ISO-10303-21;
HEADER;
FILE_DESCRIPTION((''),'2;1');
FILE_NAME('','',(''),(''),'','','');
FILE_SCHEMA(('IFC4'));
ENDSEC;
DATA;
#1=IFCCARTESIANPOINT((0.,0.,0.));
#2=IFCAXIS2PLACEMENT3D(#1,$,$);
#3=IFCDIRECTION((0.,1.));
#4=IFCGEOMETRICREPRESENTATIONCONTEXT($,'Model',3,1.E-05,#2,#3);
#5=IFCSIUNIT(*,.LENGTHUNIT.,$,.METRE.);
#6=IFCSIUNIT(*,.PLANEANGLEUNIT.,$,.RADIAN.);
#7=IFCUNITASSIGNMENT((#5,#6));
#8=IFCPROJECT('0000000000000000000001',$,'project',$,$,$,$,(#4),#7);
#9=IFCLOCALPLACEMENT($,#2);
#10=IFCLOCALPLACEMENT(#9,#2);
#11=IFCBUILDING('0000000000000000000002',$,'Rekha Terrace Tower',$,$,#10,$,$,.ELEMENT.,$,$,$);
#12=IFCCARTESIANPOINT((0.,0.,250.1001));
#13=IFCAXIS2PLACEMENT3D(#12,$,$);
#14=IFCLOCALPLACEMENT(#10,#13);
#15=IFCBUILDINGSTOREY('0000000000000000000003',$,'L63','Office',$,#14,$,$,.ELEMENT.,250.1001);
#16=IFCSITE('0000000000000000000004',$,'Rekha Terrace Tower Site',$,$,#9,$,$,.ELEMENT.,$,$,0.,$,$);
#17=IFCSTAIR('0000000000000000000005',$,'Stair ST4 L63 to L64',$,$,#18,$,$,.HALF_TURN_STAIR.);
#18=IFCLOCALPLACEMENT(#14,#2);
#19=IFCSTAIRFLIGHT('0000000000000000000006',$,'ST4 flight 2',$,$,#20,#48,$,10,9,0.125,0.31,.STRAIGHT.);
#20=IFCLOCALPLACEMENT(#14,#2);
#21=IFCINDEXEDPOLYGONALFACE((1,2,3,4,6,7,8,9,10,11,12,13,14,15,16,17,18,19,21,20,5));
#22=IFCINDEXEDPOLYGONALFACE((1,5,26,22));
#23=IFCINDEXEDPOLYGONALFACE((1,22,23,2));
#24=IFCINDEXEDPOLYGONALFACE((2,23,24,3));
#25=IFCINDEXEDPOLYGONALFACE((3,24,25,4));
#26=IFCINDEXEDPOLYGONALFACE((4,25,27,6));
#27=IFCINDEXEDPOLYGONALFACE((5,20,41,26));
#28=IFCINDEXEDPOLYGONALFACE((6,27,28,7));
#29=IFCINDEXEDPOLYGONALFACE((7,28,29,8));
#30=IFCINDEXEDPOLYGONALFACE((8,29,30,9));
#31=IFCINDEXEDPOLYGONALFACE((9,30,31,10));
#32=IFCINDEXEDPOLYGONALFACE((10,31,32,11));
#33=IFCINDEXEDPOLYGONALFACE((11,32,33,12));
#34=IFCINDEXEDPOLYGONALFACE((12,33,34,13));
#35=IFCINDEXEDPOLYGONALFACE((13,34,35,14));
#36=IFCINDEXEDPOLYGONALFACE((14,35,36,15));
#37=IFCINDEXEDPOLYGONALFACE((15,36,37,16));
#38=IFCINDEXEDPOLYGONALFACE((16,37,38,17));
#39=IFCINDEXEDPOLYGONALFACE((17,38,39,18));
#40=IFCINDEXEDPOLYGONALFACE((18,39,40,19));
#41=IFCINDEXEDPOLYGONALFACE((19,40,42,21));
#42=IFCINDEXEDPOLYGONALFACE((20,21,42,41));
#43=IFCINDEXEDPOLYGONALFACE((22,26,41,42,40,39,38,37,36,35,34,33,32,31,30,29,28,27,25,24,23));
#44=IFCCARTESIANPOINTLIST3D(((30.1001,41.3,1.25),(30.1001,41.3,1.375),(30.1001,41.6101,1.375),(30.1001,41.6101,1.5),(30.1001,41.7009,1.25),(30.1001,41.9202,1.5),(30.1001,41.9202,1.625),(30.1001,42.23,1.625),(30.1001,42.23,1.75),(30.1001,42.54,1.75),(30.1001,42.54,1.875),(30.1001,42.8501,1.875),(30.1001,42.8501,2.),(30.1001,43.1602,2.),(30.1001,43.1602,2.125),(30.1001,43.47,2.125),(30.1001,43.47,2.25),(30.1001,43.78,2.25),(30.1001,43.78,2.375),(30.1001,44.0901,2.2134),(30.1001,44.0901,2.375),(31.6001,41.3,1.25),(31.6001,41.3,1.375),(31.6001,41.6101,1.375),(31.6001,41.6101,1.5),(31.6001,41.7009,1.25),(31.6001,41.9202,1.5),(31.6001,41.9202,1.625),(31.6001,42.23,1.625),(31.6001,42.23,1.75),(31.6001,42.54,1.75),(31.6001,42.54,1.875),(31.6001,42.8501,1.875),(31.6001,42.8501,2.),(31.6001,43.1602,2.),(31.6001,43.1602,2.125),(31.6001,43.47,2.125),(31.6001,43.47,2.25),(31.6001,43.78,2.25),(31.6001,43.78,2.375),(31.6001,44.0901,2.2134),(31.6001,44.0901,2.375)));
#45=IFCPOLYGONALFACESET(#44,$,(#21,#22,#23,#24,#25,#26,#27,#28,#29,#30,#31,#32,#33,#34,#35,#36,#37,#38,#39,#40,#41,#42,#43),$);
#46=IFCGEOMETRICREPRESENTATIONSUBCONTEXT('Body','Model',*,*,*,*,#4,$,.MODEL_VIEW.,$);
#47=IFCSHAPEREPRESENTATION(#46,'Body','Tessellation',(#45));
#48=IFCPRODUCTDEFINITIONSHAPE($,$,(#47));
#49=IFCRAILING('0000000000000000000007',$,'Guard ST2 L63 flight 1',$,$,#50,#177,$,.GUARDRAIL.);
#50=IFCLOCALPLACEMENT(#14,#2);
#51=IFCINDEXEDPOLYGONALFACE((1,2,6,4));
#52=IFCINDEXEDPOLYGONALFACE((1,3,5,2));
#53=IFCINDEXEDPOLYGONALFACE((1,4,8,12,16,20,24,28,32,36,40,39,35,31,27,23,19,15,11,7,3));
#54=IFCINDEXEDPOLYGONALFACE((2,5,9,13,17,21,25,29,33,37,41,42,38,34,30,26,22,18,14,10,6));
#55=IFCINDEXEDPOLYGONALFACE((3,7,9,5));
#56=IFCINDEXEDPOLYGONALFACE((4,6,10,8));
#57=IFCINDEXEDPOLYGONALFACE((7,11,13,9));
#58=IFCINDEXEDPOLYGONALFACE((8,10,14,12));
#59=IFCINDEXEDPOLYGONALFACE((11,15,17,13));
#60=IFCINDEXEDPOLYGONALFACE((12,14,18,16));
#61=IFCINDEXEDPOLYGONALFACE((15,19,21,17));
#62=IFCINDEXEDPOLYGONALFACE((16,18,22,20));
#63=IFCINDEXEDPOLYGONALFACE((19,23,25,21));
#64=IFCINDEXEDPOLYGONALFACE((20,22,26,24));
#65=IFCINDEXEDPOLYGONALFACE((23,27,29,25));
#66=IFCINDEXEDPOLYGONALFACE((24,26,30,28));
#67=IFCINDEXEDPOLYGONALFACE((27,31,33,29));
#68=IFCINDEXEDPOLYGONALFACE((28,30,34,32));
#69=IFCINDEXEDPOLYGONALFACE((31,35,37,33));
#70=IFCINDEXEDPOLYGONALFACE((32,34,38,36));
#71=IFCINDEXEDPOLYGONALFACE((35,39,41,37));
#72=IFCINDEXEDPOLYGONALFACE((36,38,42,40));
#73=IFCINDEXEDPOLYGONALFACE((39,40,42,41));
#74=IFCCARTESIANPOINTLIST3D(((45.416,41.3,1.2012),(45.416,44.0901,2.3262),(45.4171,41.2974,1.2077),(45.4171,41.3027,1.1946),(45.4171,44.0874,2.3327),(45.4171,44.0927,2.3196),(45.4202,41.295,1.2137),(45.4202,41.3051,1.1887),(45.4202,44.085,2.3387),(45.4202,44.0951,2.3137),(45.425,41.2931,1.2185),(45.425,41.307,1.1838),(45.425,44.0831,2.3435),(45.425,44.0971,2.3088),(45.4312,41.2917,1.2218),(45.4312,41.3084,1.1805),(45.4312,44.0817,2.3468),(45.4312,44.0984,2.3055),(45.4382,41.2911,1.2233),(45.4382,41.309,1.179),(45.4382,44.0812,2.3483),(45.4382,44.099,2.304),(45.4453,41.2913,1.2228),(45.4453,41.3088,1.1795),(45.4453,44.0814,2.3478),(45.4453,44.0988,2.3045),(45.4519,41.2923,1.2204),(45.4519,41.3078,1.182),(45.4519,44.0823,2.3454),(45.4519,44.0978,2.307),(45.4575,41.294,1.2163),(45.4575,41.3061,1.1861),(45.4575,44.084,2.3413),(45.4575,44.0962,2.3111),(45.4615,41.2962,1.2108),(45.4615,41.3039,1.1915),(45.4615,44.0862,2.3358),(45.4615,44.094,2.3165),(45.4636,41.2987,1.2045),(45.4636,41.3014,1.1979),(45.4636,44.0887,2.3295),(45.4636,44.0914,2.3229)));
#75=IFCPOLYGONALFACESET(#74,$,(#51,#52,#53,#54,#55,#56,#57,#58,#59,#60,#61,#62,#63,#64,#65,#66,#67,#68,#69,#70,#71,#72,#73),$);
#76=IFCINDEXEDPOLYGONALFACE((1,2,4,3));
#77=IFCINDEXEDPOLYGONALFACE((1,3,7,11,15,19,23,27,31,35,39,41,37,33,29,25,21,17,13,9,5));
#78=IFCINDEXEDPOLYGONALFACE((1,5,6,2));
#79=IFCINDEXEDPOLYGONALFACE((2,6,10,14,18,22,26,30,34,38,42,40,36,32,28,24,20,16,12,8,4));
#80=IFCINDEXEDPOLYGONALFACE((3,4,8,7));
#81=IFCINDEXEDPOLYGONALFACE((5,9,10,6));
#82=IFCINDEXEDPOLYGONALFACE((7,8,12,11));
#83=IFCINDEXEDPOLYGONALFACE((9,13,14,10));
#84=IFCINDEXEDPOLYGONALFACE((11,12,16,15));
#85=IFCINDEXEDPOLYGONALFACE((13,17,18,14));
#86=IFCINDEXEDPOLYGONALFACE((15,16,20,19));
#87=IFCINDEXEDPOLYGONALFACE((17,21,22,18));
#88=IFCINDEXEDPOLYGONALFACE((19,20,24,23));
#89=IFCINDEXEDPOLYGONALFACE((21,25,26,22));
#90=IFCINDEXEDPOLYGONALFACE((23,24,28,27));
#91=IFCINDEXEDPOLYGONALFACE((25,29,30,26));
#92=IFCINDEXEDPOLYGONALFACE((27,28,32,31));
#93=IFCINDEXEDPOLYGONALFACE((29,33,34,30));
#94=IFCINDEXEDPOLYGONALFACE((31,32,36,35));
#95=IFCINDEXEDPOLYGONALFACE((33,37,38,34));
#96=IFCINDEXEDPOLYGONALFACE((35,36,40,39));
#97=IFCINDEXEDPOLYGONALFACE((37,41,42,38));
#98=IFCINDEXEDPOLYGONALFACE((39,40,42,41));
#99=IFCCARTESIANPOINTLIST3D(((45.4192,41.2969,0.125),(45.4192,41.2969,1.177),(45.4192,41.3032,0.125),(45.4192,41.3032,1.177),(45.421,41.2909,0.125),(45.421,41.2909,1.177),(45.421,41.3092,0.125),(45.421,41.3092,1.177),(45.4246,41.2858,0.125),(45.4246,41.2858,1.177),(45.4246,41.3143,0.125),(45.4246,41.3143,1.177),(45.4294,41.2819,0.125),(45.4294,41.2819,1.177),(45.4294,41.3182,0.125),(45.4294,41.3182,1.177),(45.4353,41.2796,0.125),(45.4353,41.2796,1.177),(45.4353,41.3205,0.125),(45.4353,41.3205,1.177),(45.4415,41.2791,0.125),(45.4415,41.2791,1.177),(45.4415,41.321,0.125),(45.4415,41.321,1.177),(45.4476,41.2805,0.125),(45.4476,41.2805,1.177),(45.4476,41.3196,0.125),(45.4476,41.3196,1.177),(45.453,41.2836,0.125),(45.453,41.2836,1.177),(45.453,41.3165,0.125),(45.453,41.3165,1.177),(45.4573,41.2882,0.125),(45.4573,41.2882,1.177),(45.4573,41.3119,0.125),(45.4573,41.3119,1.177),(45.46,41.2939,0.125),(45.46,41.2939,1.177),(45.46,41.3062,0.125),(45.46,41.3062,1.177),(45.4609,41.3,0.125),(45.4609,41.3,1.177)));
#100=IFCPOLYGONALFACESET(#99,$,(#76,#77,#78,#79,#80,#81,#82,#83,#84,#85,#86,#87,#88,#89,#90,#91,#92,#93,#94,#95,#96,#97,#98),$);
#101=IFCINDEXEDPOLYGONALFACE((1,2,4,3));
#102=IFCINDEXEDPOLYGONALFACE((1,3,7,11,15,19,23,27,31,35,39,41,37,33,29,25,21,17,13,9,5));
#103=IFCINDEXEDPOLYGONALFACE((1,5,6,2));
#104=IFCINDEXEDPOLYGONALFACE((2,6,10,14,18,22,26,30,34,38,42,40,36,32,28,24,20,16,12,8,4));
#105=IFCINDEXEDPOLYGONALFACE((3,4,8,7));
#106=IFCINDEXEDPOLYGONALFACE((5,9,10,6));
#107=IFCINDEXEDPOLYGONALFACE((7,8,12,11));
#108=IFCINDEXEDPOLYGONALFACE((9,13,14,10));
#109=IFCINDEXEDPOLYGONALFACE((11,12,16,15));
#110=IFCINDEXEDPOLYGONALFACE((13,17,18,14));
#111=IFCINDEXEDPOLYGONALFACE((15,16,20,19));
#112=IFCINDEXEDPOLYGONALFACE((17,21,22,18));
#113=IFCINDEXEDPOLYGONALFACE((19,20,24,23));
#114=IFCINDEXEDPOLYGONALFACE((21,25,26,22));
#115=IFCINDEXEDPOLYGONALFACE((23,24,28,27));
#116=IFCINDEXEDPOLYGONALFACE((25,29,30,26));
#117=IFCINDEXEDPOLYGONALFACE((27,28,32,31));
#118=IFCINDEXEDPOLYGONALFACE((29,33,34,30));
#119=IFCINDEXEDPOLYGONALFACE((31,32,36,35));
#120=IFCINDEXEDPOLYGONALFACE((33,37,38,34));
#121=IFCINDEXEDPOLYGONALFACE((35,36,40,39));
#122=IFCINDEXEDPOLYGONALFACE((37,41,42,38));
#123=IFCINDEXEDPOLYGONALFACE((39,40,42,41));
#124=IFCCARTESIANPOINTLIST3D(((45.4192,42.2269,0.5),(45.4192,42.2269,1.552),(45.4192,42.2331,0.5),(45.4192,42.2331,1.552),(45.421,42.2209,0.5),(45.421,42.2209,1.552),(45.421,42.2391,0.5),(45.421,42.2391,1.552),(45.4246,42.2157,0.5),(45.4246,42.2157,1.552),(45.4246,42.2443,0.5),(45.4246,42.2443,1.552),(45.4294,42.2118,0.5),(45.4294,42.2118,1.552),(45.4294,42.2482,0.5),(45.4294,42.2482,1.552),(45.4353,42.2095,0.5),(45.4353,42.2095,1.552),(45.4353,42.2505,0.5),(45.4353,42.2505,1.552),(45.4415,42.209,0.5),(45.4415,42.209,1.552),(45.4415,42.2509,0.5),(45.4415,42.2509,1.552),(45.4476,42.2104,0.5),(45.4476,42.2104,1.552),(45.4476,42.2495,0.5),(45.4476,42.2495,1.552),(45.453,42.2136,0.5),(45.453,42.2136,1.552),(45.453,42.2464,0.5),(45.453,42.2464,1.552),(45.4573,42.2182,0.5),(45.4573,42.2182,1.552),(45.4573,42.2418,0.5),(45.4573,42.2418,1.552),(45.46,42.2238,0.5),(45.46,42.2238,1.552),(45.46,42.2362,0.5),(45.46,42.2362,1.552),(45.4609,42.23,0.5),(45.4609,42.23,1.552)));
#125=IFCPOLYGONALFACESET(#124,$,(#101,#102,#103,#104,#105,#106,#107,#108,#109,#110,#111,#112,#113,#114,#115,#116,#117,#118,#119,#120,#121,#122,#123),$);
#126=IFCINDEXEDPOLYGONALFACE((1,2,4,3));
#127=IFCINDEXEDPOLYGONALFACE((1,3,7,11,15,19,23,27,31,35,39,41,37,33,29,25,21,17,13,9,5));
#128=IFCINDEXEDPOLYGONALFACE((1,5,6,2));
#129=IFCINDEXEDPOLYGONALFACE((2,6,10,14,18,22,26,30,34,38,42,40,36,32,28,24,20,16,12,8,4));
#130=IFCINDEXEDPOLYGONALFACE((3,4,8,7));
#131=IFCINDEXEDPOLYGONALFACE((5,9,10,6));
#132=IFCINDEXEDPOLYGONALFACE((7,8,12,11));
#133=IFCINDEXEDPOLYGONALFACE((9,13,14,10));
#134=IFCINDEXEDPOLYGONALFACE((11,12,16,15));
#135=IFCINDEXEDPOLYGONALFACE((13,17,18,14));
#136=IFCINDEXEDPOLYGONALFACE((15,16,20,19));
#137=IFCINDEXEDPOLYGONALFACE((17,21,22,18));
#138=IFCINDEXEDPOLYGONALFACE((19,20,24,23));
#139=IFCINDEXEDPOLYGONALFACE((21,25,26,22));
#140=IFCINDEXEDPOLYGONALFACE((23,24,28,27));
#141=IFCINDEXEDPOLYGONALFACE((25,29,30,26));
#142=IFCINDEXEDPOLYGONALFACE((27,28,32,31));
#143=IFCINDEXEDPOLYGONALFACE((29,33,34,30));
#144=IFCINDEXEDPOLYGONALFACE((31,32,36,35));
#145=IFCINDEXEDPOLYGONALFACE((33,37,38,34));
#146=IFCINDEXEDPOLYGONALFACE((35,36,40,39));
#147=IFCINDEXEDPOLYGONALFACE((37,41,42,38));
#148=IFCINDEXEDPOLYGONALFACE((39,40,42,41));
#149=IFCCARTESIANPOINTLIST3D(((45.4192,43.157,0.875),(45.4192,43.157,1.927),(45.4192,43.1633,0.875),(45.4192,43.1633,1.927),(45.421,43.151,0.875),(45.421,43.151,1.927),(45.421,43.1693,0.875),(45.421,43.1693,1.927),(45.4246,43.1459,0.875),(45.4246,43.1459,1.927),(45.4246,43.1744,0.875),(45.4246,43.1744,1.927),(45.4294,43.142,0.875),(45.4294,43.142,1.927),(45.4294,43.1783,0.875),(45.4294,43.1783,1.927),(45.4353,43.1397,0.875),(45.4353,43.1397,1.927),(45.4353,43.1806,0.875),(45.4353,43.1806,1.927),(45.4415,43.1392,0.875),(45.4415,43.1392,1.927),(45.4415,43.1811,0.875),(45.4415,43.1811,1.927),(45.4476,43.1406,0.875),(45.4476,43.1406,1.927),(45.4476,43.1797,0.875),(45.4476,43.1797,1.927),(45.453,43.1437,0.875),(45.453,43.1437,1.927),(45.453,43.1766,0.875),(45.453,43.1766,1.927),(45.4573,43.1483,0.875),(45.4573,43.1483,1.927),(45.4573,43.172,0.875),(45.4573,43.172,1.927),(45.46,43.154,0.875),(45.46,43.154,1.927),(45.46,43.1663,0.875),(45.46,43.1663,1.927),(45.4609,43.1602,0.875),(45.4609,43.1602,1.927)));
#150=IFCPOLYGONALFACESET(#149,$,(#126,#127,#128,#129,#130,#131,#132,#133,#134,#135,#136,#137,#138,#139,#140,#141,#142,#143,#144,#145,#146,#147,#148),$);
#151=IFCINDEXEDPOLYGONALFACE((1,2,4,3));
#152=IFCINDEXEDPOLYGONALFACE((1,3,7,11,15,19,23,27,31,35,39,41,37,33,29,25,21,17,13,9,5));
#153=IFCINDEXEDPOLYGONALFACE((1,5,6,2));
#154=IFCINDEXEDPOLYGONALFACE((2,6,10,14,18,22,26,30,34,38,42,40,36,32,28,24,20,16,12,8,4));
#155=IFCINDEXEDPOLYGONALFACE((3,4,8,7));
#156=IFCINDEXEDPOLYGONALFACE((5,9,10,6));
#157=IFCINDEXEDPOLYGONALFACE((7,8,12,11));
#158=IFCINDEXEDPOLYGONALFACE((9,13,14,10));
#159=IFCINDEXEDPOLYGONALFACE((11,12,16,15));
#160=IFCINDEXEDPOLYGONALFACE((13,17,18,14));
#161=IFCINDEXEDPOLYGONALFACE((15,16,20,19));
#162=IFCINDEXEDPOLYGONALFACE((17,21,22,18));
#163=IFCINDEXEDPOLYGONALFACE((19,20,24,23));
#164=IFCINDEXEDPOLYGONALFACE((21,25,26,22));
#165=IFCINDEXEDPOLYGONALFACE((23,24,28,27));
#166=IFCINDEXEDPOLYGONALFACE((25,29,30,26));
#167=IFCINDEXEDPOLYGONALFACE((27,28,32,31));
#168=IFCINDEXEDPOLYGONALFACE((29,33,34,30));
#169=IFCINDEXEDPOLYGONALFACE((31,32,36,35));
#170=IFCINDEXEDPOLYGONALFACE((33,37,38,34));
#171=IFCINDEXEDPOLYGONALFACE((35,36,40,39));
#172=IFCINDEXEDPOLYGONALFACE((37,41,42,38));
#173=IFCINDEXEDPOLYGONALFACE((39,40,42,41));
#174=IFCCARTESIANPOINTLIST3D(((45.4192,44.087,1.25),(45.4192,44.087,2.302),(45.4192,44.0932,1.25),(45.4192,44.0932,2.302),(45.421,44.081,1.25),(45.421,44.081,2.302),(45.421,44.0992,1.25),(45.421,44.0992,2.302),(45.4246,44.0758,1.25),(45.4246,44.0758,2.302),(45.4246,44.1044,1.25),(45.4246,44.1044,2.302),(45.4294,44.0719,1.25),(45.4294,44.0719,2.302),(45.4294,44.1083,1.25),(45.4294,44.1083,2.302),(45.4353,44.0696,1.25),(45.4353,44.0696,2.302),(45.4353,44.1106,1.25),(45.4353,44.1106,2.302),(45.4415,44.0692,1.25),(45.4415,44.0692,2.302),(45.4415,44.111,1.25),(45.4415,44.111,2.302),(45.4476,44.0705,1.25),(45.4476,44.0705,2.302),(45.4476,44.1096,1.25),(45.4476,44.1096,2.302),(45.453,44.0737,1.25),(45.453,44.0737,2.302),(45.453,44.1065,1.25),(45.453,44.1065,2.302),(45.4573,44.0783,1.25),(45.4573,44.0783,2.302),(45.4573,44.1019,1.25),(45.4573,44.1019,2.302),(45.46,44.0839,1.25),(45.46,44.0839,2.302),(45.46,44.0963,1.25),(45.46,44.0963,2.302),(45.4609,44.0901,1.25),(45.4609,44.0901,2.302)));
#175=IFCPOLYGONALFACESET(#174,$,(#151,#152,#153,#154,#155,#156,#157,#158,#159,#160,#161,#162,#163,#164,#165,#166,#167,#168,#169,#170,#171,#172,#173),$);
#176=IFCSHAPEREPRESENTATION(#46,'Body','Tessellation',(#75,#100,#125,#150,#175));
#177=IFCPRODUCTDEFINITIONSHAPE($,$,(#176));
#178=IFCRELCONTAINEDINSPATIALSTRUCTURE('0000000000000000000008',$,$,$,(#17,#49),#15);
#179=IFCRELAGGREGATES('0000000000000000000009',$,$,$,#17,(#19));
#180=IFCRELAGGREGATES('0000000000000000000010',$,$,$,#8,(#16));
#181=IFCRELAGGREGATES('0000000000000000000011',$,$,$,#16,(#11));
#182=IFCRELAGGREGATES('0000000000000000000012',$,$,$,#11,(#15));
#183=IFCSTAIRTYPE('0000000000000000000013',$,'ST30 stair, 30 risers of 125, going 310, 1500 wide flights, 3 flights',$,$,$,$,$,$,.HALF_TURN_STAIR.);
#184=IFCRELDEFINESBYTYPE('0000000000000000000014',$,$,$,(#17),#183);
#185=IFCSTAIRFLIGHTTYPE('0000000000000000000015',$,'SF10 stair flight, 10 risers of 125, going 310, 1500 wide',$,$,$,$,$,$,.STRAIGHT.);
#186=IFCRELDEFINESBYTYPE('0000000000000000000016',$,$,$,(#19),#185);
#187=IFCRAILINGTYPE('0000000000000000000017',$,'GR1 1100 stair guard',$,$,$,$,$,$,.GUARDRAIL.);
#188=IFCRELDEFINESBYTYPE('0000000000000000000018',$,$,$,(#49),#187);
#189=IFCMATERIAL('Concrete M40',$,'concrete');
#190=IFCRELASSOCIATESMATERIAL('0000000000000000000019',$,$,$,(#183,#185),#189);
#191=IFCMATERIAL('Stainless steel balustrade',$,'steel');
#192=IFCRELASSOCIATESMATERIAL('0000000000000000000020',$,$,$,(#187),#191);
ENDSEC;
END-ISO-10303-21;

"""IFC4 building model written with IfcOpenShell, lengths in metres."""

from ifc_helpers import new_model, si_unit, direction, frame, origin, origin_2d, place, context, subcontext, project, spatial, polyline, circle, outline, extrude, material, type_object, element, aggregate, save


model = new_model("IFC4")

# Units and contexts
model_context = context("Model", 3, precision=1e-05, world=origin(), true_north=direction((0.0, 1.0)))
body_context = subcontext(model_context, "Body", "Model", "MODEL_VIEW")
ifc_project = project(units=[si_unit("LENGTHUNIT", "METRE"), si_unit("PLANEANGLEUNIT", "RADIAN")], contexts=[model_context])

# Site, building, storey
site_placement = place(None, origin())
site = spatial("IfcSite", under=ifc_project, at=site_placement, Name="Rekha Terrace Tower Site", CompositionType="ELEMENT", RefElevation=0.0)
building_placement = place(site_placement, origin())
building = spatial("IfcBuilding", under=site, at=building_placement, Name="Rekha Terrace Tower", CompositionType="ELEMENT")
storey_placement = place(building_placement, frame((0.0, 0.0, 250.1001)))
storey = spatial("IfcBuildingStorey", under=building, at=storey_placement, Name="L63", Description="Office", CompositionType="ELEMENT", Elevation=250.1001)

# Stair, stair flight
ifc_material_1 = material(Name="Concrete M40", Category="concrete")
stair_type = type_object("IfcStairType", Name="ST30 stair, 30 risers of 125, going 310, 1500 wide flights, 3 flights", PredefinedType="HALF_TURN_STAIR", material=ifc_material_1)
stair_flight_type = type_object("IfcStairFlightType", Name="SF10 stair flight, 10 risers of 125, going 310, 1500 wide", PredefinedType="STRAIGHT", material=ifc_material_1)
stair_1_placement = place(storey_placement, origin())
stair_1 = element("IfcStair", 1, at=stair_1_placement, inside=storey, type_object=stair_type, Name="Stair ST4 L63 to L64", PredefinedType="HALF_TURN_STAIR")
stair_flight_1_placement = place(storey_placement, frame((30.8501, 41.3, 1.25), z_axis=(0.0, 0.0, 1.0), x_axis=(0.0, 1.0, 0.0)))
stair_flight_1 = element("IfcStairFlight", 2, at=stair_flight_1_placement, type_object=stair_flight_type, Name="ST4 flight 2", NumberOfRisers=10, NumberOfTreads=9, PredefinedType="STRAIGHT", RiserHeight=0.125, TreadLength=0.31, context=body_context, shape_type="SweptSolid", body=[
    extrude(outline(polyline([(0.0, 0.0), (0.0, 0.125), (0.3101, 0.125), (0.3101, 0.25), (0.6201, 0.25), (0.6201, 0.375), (0.9299, 0.375), (0.9299, 0.5), (1.24, 0.5), (1.24, 0.625), (1.55, 0.625), (1.55, 0.75), (1.8601, 0.75), (1.8601, 0.875), (2.1699, 0.875), (2.1699, 1.0), (2.48, 1.0), (2.48, 1.125), (2.79, 1.125), (2.79, 1.25), (2.79, 0.9634), (0.4009, 0.0), (0.0, 0.0)])), frame((0.0, 0.75, 0.0), z_axis=(0.0, -1.0, 0.0), x_axis=(1.0, 0.0, 0.0)), (0.0, 0.0, 1.0), 1.5),
])
aggregate(stair_1, [stair_flight_1])

# Railing
ifc_material_2 = material(Name="Stainless steel balustrade", Category="steel")
railing_type_1 = type_object("IfcRailingType", Name="GR1 1100 stair guard", PredefinedType="GUARDRAIL", material=ifc_material_2)
railing_1_placement = place(storey_placement, frame((45.4399, 41.3, 0.125)))
element("IfcRailing", 3, at=railing_1_placement, inside=storey, type_object=railing_type_1, Name="Guard ST2 L63 flight 1", PredefinedType="GUARDRAIL", context=body_context, shape_type="SweptSolid", body=[
    extrude(circle(Radius=0.0239, at=origin_2d()), frame((0.0, 0.0, 1.0762), z_axis=(0.0, 0.927443, 0.373964), x_axis=(-1.0, 0.0, 0.0)), (0.0, 0.0, 1.0), 3.0083),
    extrude(circle(Radius=0.021, at=origin_2d()), origin(), (0.0, 0.0, 1.0), 1.052),
    extrude(circle(Radius=0.021, at=origin_2d()), frame((0.0, 0.9299, 0.375)), (0.0, 0.0, 1.0), 1.052),
    extrude(circle(Radius=0.021, at=origin_2d()), frame((0.0, 1.8601, 0.75)), (0.0, 0.0, 1.0), 1.052),
    extrude(circle(Radius=0.021, at=origin_2d()), frame((0.0, 2.79, 1.125)), (0.0, 0.0, 1.0), 1.052),
])

save(model, "model.ifc")
